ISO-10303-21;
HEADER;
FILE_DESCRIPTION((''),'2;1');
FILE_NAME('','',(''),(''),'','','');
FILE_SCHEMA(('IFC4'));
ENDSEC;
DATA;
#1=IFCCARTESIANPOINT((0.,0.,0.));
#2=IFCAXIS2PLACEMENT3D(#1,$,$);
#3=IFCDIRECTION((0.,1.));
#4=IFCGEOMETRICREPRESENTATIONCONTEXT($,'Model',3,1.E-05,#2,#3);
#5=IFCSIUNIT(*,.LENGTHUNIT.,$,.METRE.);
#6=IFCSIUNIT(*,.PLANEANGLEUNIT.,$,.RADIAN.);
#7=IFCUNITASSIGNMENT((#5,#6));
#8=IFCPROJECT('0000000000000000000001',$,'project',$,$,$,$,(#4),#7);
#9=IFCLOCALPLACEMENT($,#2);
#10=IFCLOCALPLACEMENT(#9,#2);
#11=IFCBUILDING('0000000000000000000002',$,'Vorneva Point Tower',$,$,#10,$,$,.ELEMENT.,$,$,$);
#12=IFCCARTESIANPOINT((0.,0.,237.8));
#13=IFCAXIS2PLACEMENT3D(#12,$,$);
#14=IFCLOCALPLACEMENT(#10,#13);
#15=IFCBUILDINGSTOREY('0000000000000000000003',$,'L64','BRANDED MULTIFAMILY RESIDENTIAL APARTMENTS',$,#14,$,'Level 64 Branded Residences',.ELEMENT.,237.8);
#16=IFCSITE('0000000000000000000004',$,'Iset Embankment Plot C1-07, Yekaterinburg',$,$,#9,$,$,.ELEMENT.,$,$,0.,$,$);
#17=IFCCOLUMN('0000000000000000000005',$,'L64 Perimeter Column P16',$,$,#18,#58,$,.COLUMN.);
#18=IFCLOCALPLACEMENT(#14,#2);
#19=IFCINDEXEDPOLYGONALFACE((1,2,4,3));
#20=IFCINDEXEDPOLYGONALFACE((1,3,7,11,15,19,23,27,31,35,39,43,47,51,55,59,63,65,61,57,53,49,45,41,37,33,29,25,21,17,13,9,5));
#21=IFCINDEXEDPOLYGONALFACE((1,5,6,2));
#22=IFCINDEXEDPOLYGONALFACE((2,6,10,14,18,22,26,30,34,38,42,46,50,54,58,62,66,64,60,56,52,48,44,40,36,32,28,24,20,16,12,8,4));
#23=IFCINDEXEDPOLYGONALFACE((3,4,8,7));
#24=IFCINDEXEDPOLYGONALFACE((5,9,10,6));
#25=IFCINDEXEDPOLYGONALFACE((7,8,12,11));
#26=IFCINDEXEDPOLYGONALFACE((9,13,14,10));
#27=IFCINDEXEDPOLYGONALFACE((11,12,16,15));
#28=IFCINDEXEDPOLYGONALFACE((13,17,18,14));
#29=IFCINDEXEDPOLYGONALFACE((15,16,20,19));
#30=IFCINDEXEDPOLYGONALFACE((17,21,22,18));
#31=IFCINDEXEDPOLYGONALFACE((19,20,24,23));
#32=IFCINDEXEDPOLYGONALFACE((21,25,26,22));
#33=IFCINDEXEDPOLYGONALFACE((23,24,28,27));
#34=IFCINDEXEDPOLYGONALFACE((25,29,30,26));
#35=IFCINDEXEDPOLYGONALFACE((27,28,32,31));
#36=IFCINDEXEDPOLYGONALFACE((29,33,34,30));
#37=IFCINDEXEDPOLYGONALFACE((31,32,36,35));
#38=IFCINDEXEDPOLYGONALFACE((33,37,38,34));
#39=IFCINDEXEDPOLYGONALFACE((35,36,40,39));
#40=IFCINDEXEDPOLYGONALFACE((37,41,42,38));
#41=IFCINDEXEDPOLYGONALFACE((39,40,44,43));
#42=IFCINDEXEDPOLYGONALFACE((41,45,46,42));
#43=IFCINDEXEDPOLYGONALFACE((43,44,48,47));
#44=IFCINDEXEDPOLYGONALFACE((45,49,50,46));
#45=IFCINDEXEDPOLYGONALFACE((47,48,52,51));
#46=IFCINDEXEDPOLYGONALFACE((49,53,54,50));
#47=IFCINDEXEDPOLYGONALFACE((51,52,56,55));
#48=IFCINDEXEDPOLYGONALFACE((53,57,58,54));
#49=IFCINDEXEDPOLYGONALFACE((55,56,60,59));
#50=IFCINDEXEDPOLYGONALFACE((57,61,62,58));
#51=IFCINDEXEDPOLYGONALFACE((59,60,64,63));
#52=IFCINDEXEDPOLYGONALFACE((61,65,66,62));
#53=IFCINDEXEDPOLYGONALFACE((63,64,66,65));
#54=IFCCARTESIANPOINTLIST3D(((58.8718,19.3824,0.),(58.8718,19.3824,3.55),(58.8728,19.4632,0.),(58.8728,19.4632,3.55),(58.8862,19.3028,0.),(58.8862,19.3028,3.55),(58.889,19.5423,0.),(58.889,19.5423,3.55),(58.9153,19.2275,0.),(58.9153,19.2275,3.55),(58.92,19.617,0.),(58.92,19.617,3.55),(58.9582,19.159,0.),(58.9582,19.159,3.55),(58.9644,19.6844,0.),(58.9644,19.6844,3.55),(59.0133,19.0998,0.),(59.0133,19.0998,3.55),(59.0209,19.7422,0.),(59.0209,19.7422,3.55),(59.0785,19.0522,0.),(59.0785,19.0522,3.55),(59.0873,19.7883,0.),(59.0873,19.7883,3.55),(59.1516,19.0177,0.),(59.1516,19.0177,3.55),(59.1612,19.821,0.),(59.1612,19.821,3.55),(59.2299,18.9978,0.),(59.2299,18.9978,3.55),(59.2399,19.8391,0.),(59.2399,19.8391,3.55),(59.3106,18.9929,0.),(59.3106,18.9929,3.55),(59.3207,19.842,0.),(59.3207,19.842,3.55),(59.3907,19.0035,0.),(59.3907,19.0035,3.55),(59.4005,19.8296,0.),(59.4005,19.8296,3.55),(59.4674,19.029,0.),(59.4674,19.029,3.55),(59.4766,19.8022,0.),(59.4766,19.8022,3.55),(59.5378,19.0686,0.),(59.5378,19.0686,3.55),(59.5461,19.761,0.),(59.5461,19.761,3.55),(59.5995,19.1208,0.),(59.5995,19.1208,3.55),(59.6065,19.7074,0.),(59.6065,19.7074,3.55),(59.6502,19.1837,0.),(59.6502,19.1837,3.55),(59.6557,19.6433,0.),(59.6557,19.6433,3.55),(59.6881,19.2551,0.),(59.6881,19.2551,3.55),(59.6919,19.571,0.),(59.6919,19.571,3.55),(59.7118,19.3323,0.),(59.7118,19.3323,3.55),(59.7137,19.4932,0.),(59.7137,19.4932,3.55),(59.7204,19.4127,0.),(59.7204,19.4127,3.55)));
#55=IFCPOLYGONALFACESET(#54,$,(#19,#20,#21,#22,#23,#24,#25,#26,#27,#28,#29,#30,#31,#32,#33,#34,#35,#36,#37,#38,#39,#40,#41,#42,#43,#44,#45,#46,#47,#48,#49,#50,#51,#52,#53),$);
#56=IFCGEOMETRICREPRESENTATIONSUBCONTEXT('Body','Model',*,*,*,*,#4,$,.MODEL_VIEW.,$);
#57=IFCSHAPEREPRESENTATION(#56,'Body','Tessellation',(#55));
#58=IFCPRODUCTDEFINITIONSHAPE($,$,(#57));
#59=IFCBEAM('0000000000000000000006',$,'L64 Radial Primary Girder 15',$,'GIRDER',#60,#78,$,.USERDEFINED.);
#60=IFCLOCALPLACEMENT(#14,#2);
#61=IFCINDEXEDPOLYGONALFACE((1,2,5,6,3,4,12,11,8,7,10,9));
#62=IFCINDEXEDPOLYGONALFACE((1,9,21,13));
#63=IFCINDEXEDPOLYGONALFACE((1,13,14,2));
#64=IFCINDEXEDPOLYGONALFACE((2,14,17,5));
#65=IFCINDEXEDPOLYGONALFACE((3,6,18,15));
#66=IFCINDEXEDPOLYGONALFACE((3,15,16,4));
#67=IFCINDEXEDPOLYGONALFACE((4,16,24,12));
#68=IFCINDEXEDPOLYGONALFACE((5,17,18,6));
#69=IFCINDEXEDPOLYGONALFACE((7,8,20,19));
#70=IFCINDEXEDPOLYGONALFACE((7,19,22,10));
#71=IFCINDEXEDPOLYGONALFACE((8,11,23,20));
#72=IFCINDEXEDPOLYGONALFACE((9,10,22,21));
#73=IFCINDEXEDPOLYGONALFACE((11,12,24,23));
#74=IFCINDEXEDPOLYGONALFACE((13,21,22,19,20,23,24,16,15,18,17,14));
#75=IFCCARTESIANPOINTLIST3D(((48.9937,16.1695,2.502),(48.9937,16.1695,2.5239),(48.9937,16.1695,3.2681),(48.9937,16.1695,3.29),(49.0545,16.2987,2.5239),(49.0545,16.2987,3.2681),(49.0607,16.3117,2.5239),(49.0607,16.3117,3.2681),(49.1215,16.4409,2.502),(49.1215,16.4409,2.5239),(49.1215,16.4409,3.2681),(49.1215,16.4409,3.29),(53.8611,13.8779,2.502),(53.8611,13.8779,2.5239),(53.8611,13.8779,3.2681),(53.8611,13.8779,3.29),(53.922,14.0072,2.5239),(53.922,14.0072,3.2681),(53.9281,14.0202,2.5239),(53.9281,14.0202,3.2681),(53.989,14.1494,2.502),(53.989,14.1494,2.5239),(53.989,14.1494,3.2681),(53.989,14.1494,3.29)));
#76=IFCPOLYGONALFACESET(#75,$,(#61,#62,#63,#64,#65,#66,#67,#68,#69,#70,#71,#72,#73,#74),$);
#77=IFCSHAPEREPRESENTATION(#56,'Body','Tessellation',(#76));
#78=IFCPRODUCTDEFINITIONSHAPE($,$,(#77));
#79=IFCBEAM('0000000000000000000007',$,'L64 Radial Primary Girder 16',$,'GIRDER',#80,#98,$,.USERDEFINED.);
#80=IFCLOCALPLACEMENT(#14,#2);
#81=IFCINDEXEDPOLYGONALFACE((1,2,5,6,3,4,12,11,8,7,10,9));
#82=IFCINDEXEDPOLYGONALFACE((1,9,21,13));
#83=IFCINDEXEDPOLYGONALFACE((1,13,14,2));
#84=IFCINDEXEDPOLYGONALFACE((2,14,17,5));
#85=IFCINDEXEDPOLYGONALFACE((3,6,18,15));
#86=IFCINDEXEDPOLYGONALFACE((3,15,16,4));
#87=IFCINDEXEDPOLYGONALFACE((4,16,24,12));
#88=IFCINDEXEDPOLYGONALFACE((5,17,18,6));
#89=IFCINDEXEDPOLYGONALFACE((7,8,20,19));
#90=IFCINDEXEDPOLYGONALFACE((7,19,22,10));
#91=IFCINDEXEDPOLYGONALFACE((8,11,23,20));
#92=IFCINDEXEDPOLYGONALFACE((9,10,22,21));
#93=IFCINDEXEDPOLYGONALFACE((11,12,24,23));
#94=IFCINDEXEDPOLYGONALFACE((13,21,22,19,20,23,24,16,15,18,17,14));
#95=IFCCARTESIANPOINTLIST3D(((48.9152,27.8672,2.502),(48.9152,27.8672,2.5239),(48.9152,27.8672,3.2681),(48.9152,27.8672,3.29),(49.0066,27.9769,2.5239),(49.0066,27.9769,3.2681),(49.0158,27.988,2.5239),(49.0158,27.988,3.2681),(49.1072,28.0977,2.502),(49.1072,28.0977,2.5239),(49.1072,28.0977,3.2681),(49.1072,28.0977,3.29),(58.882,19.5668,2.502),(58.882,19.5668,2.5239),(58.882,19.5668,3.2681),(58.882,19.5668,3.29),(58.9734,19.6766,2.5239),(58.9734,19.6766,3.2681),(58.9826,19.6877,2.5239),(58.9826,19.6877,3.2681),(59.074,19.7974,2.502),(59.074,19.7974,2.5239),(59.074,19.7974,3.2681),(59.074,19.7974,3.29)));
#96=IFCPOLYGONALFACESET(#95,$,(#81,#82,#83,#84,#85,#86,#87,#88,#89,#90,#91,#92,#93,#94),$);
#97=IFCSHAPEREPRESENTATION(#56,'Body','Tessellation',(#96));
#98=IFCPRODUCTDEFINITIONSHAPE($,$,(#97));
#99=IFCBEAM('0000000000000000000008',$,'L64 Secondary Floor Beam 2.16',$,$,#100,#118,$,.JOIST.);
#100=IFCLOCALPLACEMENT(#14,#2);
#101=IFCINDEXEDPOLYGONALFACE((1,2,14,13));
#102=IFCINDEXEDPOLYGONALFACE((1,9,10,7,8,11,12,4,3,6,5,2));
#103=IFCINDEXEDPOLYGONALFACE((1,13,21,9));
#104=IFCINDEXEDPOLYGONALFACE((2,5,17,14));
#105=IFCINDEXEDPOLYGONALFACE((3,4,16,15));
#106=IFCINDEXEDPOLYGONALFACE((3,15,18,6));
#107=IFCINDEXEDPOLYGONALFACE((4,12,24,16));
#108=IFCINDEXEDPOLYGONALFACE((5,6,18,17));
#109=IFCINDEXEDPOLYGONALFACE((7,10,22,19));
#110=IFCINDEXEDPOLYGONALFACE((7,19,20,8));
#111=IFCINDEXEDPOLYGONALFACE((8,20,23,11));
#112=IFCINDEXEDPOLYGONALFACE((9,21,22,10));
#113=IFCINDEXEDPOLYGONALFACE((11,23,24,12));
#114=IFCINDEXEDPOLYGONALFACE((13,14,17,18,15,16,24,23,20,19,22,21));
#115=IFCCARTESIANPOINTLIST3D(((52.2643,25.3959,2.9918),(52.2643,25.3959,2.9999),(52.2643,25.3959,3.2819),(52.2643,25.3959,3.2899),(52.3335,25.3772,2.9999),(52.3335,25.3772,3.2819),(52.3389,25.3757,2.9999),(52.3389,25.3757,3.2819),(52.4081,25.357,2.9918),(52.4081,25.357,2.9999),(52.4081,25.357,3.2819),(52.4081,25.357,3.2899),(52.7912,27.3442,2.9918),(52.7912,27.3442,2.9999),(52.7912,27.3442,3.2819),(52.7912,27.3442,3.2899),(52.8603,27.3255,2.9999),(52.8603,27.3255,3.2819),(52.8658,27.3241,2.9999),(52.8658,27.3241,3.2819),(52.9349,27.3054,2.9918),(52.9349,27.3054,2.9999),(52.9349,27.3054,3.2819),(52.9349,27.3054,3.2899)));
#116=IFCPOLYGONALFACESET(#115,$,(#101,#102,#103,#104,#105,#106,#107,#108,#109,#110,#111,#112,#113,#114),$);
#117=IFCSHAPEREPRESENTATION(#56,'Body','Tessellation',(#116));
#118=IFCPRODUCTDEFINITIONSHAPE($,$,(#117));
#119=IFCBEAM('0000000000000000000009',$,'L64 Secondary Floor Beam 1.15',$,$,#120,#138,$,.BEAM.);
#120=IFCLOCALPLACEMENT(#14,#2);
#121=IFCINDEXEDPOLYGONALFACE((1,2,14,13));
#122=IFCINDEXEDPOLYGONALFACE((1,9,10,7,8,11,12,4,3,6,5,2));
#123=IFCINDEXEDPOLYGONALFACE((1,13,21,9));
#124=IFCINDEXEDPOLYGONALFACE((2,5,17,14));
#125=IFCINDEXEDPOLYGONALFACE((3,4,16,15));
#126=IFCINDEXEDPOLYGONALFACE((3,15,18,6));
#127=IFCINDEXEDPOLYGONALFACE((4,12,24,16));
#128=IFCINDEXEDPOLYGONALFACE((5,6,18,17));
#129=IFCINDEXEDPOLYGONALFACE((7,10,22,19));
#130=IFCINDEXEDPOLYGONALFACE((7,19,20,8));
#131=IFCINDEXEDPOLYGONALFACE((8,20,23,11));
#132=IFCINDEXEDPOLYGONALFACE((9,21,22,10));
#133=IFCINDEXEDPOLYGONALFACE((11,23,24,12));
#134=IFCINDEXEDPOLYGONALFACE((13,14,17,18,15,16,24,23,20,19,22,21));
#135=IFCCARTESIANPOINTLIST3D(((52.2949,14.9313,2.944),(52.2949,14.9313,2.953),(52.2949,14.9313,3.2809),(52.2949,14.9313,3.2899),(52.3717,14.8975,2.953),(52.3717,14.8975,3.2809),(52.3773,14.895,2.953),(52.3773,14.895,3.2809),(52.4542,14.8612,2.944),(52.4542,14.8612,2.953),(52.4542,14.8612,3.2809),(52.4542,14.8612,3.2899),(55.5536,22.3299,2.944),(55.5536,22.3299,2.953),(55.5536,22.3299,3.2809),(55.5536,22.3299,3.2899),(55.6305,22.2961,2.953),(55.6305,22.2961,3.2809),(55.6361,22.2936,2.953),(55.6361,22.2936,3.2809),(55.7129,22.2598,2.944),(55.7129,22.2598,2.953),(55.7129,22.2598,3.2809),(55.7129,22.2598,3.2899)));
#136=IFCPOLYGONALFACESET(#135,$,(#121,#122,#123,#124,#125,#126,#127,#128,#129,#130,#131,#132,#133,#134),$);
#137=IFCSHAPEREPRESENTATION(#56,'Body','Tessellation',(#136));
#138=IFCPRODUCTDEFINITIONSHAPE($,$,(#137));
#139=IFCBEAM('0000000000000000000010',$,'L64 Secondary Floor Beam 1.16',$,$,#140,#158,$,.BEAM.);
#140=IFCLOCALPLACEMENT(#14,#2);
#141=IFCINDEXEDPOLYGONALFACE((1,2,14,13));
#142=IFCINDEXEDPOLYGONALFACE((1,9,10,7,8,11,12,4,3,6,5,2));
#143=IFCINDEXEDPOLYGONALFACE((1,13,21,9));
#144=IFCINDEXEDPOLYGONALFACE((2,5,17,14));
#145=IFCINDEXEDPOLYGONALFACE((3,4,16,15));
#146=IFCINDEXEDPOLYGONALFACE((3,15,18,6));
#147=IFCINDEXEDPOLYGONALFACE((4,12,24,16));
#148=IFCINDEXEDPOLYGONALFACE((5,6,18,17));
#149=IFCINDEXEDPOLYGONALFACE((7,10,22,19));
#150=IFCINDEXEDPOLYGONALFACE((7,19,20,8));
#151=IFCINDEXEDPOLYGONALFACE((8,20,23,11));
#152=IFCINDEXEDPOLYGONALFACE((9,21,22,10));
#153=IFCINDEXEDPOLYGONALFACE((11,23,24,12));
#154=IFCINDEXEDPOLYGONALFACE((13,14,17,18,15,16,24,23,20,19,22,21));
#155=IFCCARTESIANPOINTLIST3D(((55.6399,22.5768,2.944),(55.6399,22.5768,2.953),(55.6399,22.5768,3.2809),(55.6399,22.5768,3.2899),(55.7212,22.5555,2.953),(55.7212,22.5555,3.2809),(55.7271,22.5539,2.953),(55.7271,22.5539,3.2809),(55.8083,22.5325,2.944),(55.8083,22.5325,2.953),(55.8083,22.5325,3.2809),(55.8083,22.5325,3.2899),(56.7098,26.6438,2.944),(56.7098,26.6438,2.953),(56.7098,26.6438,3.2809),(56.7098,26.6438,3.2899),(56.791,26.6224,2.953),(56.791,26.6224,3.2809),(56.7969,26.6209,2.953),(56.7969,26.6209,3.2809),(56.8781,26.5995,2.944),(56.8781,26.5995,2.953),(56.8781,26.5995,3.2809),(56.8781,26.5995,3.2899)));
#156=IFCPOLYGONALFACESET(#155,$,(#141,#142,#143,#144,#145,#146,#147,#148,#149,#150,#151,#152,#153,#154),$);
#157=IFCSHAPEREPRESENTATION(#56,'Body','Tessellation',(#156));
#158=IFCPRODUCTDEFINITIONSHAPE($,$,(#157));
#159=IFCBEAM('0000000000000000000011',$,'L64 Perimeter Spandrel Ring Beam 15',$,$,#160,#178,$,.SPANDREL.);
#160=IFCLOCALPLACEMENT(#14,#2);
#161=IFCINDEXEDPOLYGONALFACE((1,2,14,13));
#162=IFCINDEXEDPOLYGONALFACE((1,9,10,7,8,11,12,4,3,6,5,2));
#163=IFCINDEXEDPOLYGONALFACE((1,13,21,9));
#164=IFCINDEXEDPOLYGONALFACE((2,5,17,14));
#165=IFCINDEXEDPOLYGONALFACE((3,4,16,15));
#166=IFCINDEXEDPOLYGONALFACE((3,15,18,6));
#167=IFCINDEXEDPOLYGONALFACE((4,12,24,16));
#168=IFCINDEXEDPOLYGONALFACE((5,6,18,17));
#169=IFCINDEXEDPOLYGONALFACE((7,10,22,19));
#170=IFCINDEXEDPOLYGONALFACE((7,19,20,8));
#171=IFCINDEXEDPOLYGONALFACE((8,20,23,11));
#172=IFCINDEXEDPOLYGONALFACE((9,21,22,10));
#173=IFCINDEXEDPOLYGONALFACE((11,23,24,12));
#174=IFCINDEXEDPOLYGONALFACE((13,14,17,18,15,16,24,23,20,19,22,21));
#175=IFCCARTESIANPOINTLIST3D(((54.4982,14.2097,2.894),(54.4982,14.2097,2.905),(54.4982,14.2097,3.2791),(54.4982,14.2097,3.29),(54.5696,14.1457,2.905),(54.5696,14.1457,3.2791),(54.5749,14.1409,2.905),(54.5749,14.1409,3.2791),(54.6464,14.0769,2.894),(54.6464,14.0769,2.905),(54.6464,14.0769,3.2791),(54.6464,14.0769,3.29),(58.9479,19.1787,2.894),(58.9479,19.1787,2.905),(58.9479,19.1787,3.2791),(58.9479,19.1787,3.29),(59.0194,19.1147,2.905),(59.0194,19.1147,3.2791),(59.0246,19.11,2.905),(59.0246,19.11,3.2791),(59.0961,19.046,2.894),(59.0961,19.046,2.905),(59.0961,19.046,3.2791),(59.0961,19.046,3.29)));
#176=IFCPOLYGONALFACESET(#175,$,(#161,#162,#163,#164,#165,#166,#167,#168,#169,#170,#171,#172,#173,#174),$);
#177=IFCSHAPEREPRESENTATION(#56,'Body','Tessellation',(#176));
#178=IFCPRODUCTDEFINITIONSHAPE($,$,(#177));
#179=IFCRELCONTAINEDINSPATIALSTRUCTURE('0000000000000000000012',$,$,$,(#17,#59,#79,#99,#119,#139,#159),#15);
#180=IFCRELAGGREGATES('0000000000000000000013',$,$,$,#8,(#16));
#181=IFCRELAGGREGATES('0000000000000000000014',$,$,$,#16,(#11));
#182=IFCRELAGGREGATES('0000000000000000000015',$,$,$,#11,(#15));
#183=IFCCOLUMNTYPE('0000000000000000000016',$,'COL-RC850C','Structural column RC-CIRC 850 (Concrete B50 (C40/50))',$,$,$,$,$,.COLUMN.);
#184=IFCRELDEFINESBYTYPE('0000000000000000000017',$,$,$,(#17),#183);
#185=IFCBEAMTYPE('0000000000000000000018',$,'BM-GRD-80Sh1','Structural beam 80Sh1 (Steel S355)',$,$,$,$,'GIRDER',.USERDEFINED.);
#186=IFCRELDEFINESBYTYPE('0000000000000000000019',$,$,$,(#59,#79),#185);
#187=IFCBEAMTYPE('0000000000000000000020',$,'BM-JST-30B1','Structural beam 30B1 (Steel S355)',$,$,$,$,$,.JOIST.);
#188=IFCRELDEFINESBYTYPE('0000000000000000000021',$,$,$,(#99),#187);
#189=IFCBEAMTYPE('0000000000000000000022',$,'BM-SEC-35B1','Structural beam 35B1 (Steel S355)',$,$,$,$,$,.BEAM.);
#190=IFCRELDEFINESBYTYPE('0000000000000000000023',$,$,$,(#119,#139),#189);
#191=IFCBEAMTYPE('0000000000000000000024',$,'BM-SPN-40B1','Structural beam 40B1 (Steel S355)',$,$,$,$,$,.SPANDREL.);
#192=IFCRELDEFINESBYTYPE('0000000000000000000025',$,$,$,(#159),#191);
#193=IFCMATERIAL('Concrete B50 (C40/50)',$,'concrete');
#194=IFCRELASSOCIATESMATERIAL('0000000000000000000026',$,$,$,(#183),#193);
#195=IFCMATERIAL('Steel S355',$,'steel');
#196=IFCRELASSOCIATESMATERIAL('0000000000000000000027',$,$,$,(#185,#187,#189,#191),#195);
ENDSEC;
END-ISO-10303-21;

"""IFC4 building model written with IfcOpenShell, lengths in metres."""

from ifc_helpers import new_model, si_unit, direction, frame, origin, origin_2d, place, context, subcontext, project, spatial, circle, i_section, extrude, material, material_profile, profile_set, type_object, element, save


model = new_model("IFC4")

# Units and contexts
model_context = context("Model", 3, precision=1e-05, world=origin(), true_north=direction((0.0, 1.0)))
body_context = subcontext(model_context, "Body", "Model", "MODEL_VIEW")
ifc_project = project(units=[si_unit("LENGTHUNIT", "METRE"), si_unit("PLANEANGLEUNIT", "RADIAN")], contexts=[model_context])

# Site, building, storey
site_placement = place(None, origin())
site = spatial("IfcSite", under=ifc_project, at=site_placement, Name="Iset Embankment Plot C1-07, Yekaterinburg", CompositionType="ELEMENT", RefElevation=0.0)
building_placement = place(site_placement, origin())
building = spatial("IfcBuilding", under=site, at=building_placement, Name="Vorneva Point Tower", CompositionType="ELEMENT")
storey_placement = place(building_placement, frame((0.0, 0.0, 237.8)))
storey = spatial("IfcBuildingStorey", under=building, at=storey_placement, Name="L64", Description="BRANDED MULTIFAMILY RESIDENTIAL APARTMENTS", LongName="Level 64 Branded Residences", CompositionType="ELEMENT", Elevation=237.8)

# Column
ifc_material_1 = material(Name="Concrete B50 (C40/50)", Category="concrete")
ifc_material_profile_1 = material_profile(ifc_material_1, circle(Radius=0.425, at=origin_2d()), Name="RC-CIRC 850")
ifc_profile_set_1 = profile_set([ifc_material_profile_1], Name="Concrete B50 (C40/50)")
column_type = type_object("IfcColumnType", Name="COL-RC850C", Description="Structural column RC-CIRC 850 (Concrete B50 (C40/50))", PredefinedType="COLUMN", material=ifc_profile_set_1)
for number, where, z_axis, x_axis, name in (
    (1, (59.2954, 19.4177, 0.0), (0.0, 0.0, 1.0), (0.92388, -0.382683, 0.0), "L64 Perimeter Column P16"),
):
    element("IfcColumn", number, at=place(storey_placement, frame(where, z_axis=z_axis, x_axis=x_axis)), inside=storey, type_object=column_type, Name=name, PredefinedType="COLUMN", context=body_context, shape_type="SweptSolid", body=[
        extrude(circle(Radius=0.425, at=origin_2d()), origin(), (0.0, 0.0, 1.0), 3.55),
    ])

# Beams
ifc_material_2 = material(Name="Steel S355", Category="steel")
ifc_material_profile_2 = material_profile(ifc_material_2, i_section(OverallWidth=0.3, OverallDepth=0.7881, WebThickness=0.0144, FlangeThickness=0.022, at=origin_2d()), Name="80Sh1")
ifc_profile_set_2 = profile_set([ifc_material_profile_2], Name="Steel S355")
beam_type_1 = type_object("IfcBeamType", Name="BM-GRD-80Sh1", Description="Structural beam 80Sh1 (Steel S355)", ElementType="GIRDER", PredefinedType="USERDEFINED", material=ifc_profile_set_2)
beam_1_placement = place(storey_placement, frame((53.925, 14.0137, 2.896), z_axis=(-0.904751, 0.425941, 0.0), x_axis=(-0.425941, -0.904751, 0.0)))
element("IfcBeam", 2, at=beam_1_placement, inside=storey, type_object=beam_type_1, Name="L64 Radial Primary Girder 15", ObjectType="GIRDER", PredefinedType="USERDEFINED", context=body_context, shape_type="SweptSolid", body=[
    extrude(i_section(OverallWidth=0.3, OverallDepth=0.7881, WebThickness=0.0144, FlangeThickness=0.022, at=origin_2d()), origin(), (0.0, 0.0, 1.0), 5.3799),
])
beam_2_placement = place(storey_placement, frame((58.978, 19.6821, 2.896), z_axis=(-0.768425, 0.63994, 0.0), x_axis=(-0.63994, -0.768425, 0.0)))
element("IfcBeam", 3, at=beam_2_placement, inside=storey, type_object=beam_type_1, Name="L64 Radial Primary Girder 16", ObjectType="GIRDER", PredefinedType="USERDEFINED", context=body_context, shape_type="SweptSolid", body=[
    extrude(i_section(OverallWidth=0.3, OverallDepth=0.7881, WebThickness=0.0144, FlangeThickness=0.022, at=origin_2d()), origin(), (0.0, 0.0, 1.0), 12.9705),
])
ifc_material_profile_3 = material_profile(ifc_material_2, i_section(OverallWidth=0.1489, OverallDepth=0.2981, WebThickness=0.0056, FlangeThickness=0.0081, at=origin_2d()), Name="30B1")
ifc_profile_set_3 = profile_set([ifc_material_profile_3], Name="Steel S355")
beam_type_2 = type_object("IfcBeamType", Name="BM-JST-30B1", Description="Structural beam 30B1 (Steel S355)", PredefinedType="JOIST", material=ifc_profile_set_3)
beam_3_placement = place(storey_placement, frame((52.3362, 25.3765, 3.1409), z_axis=(0.261049, 0.965326, 0.0), x_axis=(-0.965326, 0.261049, 0.0)))
element("IfcBeam", 4, at=beam_3_placement, inside=storey, type_object=beam_type_2, Name="L64 Secondary Floor Beam 2.16", PredefinedType="JOIST", context=body_context, shape_type="SweptSolid", body=[
    extrude(i_section(OverallWidth=0.1489, OverallDepth=0.2981, WebThickness=0.0056, FlangeThickness=0.0081, at=origin_2d()), origin(), (0.0, 0.0, 1.0), 2.0183),
])
ifc_material_profile_4 = material_profile(ifc_material_2, i_section(OverallWidth=0.1741, OverallDepth=0.3459, WebThickness=0.0061, FlangeThickness=0.009, at=origin_2d()), Name="35B1")
ifc_profile_set_4 = profile_set([ifc_material_profile_4], Name="Steel S355")
beam_type_3 = type_object("IfcBeamType", Name="BM-SEC-35B1", Description="Structural beam 35B1 (Steel S355)", PredefinedType="BEAM", material=ifc_profile_set_4)
beam_4_placement = place(storey_placement, frame((52.3745, 14.8962, 3.1169), z_axis=(0.403088, 0.915161, 0.0), x_axis=(-0.915161, 0.403088, 0.0)))
element("IfcBeam", 5, at=beam_4_placement, inside=storey, type_object=beam_type_3, Name="L64 Secondary Floor Beam 1.15", PredefinedType="BEAM", context=body_context, shape_type="SweptSolid", body=[
    extrude(i_section(OverallWidth=0.1741, OverallDepth=0.3459, WebThickness=0.0061, FlangeThickness=0.009, at=origin_2d()), origin(), (0.0, 0.0, 1.0), 8.0845),
])
beam_5_placement = place(storey_placement, frame((55.7241, 22.5547, 3.1169), z_axis=(0.254402, 0.967099, 0.0), x_axis=(-0.967099, 0.254402, 0.0)))
element("IfcBeam", 6, at=beam_5_placement, inside=storey, type_object=beam_type_3, Name="L64 Secondary Floor Beam 1.16", PredefinedType="BEAM", context=body_context, shape_type="SweptSolid", body=[
    extrude(i_section(OverallWidth=0.1741, OverallDepth=0.3459, WebThickness=0.0061, FlangeThickness=0.009, at=origin_2d()), origin(), (0.0, 0.0, 1.0), 4.2053),
])
ifc_material_profile_5 = material_profile(ifc_material_2, i_section(OverallWidth=0.199, OverallDepth=0.396, WebThickness=0.0071, FlangeThickness=0.011, at=origin_2d()), Name="40B1")
ifc_profile_set_5 = profile_set([ifc_material_profile_5], Name="Steel S355")
beam_type_4 = type_object("IfcBeamType", Name="BM-SPN-40B1", Description="Structural beam 40B1 (Steel S355)", PredefinedType="SPANDREL", material=ifc_profile_set_5)
beam_6_placement = place(storey_placement, frame((54.5723, 14.1433, 3.092), z_axis=(0.667108, 0.744961, 0.0), x_axis=(-0.744961, 0.667108, 0.0)))
element("IfcBeam", 7, at=beam_6_placement, inside=storey, type_object=beam_type_4, Name="L64 Perimeter Spandrel Ring Beam 15", PredefinedType="SPANDREL", context=body_context, shape_type="SweptSolid", body=[
    extrude(i_section(OverallWidth=0.199, OverallDepth=0.396, WebThickness=0.0071, FlangeThickness=0.011, at=origin_2d()), origin(), (0.0, 0.0, 1.0), 6.6702),
])

save(model, "model.ifc")
